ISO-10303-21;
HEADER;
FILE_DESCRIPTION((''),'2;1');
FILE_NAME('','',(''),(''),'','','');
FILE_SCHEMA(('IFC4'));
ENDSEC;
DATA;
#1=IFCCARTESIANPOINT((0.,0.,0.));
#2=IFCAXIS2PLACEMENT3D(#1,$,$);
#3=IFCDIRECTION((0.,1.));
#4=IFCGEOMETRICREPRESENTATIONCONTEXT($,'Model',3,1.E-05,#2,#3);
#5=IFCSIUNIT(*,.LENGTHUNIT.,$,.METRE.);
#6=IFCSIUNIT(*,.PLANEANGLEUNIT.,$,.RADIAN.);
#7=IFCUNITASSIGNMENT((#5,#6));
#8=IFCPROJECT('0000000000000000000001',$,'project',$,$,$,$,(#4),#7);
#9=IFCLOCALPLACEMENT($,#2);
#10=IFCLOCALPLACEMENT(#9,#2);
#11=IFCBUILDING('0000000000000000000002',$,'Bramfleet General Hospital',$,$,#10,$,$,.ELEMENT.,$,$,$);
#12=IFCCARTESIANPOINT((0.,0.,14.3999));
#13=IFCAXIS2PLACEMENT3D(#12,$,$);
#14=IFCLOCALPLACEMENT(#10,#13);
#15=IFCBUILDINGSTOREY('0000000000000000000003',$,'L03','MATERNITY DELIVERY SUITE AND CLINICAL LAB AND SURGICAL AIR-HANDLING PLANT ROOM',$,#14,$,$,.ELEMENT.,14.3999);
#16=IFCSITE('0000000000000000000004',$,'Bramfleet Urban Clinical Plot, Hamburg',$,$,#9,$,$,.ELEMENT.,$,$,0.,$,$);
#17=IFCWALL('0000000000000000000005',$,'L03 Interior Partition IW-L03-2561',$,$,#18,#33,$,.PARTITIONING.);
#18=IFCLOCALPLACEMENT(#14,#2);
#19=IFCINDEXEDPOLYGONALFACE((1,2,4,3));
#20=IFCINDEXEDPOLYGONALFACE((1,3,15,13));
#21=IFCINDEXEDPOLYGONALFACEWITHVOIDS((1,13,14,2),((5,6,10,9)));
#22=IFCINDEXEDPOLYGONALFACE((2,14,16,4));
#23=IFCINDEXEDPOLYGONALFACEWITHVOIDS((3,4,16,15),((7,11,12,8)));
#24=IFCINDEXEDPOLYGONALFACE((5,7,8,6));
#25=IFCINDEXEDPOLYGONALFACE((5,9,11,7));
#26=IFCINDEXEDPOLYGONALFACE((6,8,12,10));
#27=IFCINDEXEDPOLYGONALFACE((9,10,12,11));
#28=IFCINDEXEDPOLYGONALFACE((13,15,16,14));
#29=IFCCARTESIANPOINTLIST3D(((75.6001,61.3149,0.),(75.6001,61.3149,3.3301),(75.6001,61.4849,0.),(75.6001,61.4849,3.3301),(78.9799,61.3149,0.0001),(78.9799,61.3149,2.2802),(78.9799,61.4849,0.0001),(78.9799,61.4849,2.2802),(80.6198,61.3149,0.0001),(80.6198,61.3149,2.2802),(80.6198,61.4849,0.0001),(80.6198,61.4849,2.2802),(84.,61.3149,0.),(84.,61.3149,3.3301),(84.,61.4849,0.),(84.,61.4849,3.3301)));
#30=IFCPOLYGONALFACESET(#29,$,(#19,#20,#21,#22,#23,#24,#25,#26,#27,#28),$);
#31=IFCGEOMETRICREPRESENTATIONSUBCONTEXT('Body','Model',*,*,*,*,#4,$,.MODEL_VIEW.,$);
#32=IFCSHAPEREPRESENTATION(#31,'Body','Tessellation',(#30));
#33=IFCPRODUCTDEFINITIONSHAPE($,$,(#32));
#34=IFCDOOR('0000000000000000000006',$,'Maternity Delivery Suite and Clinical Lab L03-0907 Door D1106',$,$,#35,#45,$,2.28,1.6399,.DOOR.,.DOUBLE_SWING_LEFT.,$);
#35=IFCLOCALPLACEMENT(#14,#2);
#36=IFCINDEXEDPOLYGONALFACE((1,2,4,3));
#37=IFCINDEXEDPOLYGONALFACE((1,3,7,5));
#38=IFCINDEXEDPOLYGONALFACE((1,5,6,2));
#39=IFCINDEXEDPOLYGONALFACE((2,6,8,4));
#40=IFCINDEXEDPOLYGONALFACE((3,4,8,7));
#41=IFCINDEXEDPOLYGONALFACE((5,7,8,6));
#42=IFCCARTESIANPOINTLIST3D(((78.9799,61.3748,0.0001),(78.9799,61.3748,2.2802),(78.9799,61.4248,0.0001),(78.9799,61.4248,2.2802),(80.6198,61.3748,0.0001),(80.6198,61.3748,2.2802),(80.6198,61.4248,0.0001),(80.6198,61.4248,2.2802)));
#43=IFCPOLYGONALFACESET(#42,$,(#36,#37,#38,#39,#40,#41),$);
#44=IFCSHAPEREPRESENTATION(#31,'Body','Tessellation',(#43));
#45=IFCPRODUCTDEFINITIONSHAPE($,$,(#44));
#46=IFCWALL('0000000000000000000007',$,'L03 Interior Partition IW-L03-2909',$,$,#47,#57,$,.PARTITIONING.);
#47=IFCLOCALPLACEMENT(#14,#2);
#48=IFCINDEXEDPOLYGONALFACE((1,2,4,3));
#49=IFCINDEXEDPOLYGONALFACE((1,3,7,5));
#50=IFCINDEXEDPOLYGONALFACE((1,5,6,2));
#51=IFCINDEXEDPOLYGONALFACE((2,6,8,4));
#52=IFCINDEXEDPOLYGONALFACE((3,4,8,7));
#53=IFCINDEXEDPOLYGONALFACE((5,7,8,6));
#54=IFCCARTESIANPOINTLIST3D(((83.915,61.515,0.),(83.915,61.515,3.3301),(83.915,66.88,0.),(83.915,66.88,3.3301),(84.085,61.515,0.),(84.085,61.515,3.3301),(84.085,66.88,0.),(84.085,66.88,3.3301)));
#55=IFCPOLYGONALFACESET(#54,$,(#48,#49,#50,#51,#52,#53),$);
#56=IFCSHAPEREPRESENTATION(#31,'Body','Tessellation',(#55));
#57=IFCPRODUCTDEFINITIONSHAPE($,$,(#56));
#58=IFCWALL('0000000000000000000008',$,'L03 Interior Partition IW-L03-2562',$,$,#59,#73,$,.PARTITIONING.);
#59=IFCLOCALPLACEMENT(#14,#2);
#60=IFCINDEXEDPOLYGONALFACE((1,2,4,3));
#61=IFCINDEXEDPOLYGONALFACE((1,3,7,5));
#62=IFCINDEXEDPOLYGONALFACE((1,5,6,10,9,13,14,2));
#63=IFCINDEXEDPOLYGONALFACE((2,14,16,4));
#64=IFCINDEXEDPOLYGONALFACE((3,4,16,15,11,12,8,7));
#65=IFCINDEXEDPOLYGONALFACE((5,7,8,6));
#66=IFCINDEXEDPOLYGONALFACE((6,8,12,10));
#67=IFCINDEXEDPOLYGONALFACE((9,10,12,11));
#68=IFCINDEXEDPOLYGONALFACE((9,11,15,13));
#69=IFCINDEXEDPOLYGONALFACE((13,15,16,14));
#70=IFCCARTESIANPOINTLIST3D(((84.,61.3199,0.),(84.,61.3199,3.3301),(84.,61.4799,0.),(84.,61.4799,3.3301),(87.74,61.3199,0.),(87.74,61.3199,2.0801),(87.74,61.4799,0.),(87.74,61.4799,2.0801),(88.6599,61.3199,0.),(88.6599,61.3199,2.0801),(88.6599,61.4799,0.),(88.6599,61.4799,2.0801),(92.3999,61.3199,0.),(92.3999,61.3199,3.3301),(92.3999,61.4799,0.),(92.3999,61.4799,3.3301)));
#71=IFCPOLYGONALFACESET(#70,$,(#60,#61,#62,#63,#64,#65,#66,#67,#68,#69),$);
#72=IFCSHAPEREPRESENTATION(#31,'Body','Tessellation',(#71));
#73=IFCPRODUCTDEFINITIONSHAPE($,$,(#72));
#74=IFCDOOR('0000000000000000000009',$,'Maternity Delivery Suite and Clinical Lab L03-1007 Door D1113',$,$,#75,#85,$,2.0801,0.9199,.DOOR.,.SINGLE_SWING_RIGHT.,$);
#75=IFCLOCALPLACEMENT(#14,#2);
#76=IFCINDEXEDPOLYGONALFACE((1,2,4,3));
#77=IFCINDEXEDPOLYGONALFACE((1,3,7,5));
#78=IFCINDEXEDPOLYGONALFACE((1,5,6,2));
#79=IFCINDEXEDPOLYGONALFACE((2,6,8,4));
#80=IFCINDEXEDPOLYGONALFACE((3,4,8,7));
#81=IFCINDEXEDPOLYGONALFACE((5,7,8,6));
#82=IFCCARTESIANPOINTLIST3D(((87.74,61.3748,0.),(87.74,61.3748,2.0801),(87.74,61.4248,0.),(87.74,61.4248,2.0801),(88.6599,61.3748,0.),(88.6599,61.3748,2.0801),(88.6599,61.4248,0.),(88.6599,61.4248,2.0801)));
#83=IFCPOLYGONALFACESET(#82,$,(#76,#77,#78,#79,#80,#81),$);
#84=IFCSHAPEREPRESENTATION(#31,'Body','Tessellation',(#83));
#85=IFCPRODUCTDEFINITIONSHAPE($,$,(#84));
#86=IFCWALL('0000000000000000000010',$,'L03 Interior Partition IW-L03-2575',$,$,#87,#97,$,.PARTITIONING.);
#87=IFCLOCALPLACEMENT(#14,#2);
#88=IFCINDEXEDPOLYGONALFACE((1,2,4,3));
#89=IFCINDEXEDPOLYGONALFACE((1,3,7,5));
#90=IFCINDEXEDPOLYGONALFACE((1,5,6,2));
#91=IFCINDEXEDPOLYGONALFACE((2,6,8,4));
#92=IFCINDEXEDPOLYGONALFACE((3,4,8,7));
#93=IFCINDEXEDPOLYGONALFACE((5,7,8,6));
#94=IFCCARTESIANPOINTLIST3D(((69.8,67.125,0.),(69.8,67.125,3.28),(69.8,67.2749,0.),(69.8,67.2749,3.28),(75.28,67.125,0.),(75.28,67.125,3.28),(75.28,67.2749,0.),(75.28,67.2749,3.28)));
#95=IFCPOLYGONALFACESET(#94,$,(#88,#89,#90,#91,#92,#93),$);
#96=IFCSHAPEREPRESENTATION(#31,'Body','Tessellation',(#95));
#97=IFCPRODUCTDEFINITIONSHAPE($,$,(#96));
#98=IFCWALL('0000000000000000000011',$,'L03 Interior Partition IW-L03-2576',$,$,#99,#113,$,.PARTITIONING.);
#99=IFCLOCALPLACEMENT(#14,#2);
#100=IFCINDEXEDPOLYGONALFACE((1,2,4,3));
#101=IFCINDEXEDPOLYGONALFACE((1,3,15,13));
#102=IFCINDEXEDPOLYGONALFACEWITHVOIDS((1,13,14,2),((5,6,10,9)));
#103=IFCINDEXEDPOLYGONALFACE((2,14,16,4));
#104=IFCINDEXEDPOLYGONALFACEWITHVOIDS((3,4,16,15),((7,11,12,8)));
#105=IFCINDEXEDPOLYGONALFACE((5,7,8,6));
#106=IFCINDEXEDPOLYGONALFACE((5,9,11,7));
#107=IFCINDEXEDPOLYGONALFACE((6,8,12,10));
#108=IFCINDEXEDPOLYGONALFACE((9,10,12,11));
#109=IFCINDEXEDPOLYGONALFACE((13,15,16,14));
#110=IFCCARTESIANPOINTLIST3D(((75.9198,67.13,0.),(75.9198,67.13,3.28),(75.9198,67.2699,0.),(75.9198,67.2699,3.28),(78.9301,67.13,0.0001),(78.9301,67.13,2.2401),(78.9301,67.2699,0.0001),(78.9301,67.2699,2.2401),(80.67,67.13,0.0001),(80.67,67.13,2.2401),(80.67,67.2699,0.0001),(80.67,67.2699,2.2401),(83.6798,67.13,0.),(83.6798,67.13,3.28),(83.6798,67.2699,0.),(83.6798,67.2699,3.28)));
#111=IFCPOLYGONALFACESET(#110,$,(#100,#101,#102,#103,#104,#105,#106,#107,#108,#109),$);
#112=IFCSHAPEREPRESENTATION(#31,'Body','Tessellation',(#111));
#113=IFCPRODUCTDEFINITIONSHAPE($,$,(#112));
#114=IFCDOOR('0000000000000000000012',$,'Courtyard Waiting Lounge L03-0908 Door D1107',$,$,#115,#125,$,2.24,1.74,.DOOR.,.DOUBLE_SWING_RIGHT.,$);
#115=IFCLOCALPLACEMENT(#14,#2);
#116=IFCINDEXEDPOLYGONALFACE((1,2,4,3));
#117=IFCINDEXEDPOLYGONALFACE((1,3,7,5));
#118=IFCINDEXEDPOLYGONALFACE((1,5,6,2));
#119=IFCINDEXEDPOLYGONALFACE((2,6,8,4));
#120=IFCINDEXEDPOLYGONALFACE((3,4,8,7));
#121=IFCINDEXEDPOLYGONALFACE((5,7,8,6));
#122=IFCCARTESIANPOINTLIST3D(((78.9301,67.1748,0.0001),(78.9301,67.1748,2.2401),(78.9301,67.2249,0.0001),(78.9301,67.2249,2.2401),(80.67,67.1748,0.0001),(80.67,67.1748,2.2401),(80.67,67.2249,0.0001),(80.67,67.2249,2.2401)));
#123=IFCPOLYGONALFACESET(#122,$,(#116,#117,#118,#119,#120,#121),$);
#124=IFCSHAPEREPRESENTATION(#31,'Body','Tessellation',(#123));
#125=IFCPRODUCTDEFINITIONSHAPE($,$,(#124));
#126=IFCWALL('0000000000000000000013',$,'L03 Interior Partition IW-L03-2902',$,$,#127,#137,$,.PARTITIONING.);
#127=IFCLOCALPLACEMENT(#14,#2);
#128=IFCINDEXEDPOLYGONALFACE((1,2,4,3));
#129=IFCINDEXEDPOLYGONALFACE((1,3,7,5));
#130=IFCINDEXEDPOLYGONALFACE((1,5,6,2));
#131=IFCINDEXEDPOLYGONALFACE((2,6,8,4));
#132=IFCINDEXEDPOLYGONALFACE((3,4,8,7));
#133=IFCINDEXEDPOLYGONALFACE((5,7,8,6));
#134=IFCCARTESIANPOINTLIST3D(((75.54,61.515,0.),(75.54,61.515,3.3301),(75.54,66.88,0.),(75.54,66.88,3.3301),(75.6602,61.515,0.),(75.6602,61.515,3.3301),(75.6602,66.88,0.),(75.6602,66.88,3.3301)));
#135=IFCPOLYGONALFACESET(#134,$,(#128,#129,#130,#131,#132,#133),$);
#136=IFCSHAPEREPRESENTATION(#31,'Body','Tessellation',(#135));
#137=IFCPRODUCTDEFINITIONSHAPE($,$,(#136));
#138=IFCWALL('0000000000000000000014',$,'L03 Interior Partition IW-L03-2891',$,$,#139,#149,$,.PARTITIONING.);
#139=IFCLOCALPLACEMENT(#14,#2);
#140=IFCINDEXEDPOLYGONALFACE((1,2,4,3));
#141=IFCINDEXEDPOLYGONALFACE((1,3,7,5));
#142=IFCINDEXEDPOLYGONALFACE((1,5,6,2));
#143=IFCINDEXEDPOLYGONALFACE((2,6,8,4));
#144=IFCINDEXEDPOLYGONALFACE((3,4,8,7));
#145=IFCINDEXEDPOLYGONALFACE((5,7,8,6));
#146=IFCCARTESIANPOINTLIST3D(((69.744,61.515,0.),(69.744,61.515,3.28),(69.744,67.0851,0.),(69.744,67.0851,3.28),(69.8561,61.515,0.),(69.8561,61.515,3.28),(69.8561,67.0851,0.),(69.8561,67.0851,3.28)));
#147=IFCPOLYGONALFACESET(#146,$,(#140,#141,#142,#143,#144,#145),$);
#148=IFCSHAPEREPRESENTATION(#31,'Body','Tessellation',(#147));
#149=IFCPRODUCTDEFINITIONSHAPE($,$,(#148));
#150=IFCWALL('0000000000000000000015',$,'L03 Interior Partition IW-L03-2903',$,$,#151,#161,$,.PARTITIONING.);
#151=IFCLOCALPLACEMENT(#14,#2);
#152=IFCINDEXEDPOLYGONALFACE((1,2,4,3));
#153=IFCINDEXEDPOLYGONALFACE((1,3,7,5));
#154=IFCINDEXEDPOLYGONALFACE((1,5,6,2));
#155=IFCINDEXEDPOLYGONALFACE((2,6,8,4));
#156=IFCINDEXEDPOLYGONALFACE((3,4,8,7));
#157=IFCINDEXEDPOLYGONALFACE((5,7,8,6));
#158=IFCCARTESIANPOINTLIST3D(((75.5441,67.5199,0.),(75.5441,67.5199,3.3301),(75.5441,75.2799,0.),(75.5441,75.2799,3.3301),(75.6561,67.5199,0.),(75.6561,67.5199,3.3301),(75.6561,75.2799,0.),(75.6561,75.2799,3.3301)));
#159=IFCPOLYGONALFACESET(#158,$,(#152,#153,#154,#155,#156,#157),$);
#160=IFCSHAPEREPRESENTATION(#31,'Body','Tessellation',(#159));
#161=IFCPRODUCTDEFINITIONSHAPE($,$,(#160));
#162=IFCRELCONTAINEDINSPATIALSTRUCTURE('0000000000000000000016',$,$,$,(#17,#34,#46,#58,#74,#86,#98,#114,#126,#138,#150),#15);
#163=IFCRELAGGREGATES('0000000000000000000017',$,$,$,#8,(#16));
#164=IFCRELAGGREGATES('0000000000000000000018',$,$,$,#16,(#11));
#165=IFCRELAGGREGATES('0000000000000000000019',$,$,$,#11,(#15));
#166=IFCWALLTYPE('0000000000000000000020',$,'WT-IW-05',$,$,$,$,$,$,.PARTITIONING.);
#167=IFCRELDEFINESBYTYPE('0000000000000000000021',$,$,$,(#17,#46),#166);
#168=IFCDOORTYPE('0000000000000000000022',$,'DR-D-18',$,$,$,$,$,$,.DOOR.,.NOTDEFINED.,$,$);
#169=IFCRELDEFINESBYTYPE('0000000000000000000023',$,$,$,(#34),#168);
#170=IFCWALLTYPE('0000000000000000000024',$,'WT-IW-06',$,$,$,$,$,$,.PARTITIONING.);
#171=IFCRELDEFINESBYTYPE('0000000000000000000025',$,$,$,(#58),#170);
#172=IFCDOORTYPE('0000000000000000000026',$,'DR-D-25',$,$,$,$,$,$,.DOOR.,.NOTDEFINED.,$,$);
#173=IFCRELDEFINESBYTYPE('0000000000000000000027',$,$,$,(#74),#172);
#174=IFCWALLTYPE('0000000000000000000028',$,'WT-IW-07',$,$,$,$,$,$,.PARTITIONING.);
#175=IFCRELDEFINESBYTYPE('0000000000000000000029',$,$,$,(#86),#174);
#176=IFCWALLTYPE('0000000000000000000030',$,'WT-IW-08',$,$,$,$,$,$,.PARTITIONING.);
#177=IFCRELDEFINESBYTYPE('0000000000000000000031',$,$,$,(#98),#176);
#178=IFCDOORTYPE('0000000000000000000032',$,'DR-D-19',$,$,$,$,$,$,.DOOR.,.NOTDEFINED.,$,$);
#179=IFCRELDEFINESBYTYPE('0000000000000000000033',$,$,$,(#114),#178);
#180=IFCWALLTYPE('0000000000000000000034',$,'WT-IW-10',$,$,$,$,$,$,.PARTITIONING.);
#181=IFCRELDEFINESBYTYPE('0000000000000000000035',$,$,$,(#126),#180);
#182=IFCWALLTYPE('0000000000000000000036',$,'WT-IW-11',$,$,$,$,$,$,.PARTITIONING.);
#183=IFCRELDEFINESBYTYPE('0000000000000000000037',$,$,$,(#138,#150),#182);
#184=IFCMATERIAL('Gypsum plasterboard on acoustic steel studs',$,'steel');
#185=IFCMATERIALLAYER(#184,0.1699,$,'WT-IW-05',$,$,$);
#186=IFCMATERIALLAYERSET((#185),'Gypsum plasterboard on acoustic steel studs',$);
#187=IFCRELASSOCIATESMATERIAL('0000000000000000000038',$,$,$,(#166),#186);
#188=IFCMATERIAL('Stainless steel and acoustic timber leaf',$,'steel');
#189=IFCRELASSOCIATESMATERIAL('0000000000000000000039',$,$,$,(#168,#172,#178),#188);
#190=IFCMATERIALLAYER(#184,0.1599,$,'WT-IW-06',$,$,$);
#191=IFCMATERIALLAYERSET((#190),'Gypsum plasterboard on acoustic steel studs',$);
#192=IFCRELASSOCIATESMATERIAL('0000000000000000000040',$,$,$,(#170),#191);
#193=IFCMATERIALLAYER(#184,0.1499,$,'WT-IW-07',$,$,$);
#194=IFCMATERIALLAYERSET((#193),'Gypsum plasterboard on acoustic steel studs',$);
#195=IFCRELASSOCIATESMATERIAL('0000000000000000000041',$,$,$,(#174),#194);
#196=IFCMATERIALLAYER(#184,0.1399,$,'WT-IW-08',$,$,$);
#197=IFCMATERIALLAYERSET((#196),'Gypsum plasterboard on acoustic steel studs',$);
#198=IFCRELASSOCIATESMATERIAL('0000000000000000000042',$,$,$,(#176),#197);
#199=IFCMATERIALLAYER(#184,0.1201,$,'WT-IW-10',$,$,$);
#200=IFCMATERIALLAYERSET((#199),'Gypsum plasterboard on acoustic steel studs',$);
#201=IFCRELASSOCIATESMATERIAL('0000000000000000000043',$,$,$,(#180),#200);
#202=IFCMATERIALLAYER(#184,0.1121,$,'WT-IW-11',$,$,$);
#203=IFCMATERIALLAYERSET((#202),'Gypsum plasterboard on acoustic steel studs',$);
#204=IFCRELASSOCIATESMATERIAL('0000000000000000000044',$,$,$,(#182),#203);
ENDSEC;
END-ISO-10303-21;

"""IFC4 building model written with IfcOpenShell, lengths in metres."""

from ifc_helpers import new_model, si_unit, direction, frame, frame_2d, origin, place, context, subcontext, project, spatial, rectangle, extrude, material, layer, layer_set, type_object, element, fill, save


model = new_model("IFC4")

# Units and contexts
model_context = context("Model", 3, precision=1e-05, world=origin(), true_north=direction((0.0, 1.0)))
body_context = subcontext(model_context, "Body", "Model", "MODEL_VIEW")
ifc_project = project(units=[si_unit("LENGTHUNIT", "METRE"), si_unit("PLANEANGLEUNIT", "RADIAN")], contexts=[model_context])

# Site, building, storey
site_placement = place(None, origin())
site = spatial("IfcSite", under=ifc_project, at=site_placement, Name="Bramfleet Urban Clinical Plot, Hamburg", CompositionType="ELEMENT", RefElevation=0.0)
building_placement = place(site_placement, origin())
building = spatial("IfcBuilding", under=site, at=building_placement, Name="Bramfleet General Hospital", CompositionType="ELEMENT")
storey_placement = place(building_placement, frame((0.0, 0.0, 14.3999)))
storey = spatial("IfcBuildingStorey", under=building, at=storey_placement, Name="L03", Description="MATERNITY DELIVERY SUITE AND CLINICAL LAB AND SURGICAL AIR-HANDLING PLANT ROOM", CompositionType="ELEMENT", Elevation=14.3999)

# Shared definitions
ifc_material_1 = material(Name="Stainless steel and acoustic timber leaf", Category="steel")

# Wall, opening, door
ifc_material_2 = material(Name="Gypsum plasterboard on acoustic steel studs", Category="steel")
ifc_layer_1 = layer(ifc_material_2, 0.1699, Name="WT-IW-05")
ifc_layer_set_1 = layer_set([ifc_layer_1], Name="Gypsum plasterboard on acoustic steel studs")
wall_type_1 = type_object("IfcWallType", Name="WT-IW-05", PredefinedType="PARTITIONING", material=ifc_layer_set_1)
wall_1_placement = place(storey_placement, frame((75.6001, 61.3999, 0.0), z_axis=(0.0, 0.0, 1.0), x_axis=(1.0, 0.0, 0.0)))
wall_1 = element("IfcWall", 1, at=wall_1_placement, inside=storey, type_object=wall_type_1, Name="L03 Interior Partition IW-L03-2561", PredefinedType="PARTITIONING", context=body_context, shape_type="SweptSolid", body=[
    extrude(rectangle(XDim=8.3999, YDim=0.1699, at=frame_2d((4.2, 0.0))), origin(), (0.0, 0.0, 1.0), 3.3301),
])
opening_1_placement = place(wall_1_placement, frame((3.3799, 0.0, 0.0)))
opening_1 = element("IfcOpeningElement", 2, at=opening_1_placement, cuts=wall_1, PredefinedType="OPENING", context=body_context, shape_type="SweptSolid", body=[
    extrude(rectangle(XDim=1.6399, YDim=2.28, at=frame_2d((0.8198, 1.1401))), frame((0.0, 0.095, 0.0), z_axis=(0.0, -1.0, 0.0), x_axis=(1.0, 0.0, 0.0)), (0.0, 0.0, 1.0), 0.1899),
])
door_type_1 = type_object("IfcDoorType", Name="DR-D-18", OperationType="NOTDEFINED", PredefinedType="DOOR", material=ifc_material_1)
door_1_placement = place(opening_1_placement, origin())
door_1 = element("IfcDoor", 3, at=door_1_placement, inside=storey, type_object=door_type_1, Name="Maternity Delivery Suite and Clinical Lab L03-0907 Door D1106", OperationType="DOUBLE_SWING_LEFT", OverallHeight=2.28, OverallWidth=1.6399, PredefinedType="DOOR", context=body_context, shape_type="SweptSolid", body=[
    extrude(rectangle(XDim=1.6399, YDim=2.28, at=frame_2d((0.8198, 1.1401))), frame((0.0, 0.0249, 0.0), z_axis=(0.0, -1.0, 0.0), x_axis=(1.0, 0.0, 0.0)), (0.0, 0.0, 1.0), 0.05),
])
fill(opening_1, door_1)

# Wall
wall_2_placement = place(storey_placement, frame((84.0, 61.5149, 0.0), z_axis=(0.0, 0.0, 1.0), x_axis=(0.0, 1.0, 0.0)))
element("IfcWall", 4, at=wall_2_placement, inside=storey, type_object=wall_type_1, Name="L03 Interior Partition IW-L03-2909", PredefinedType="PARTITIONING", context=body_context, shape_type="SweptSolid", body=[
    extrude(rectangle(XDim=5.365, YDim=0.1699, at=frame_2d((2.6826, 0.0))), origin(), (0.0, 0.0, 1.0), 3.3301),
])

# Wall, opening, door
ifc_layer_2 = layer(ifc_material_2, 0.1599, Name="WT-IW-06")
ifc_layer_set_2 = layer_set([ifc_layer_2], Name="Gypsum plasterboard on acoustic steel studs")
wall_type_2 = type_object("IfcWallType", Name="WT-IW-06", PredefinedType="PARTITIONING", material=ifc_layer_set_2)
wall_3_placement = place(storey_placement, frame((84.0, 61.3999, 0.0), z_axis=(0.0, 0.0, 1.0), x_axis=(1.0, 0.0, 0.0)))
wall_3 = element("IfcWall", 5, at=wall_3_placement, inside=storey, type_object=wall_type_2, Name="L03 Interior Partition IW-L03-2562", PredefinedType="PARTITIONING", context=body_context, shape_type="SweptSolid", body=[
    extrude(rectangle(XDim=8.3999, YDim=0.1599, at=frame_2d((4.2, 0.0))), origin(), (0.0, 0.0, 1.0), 3.3301),
])
opening_2_placement = place(wall_3_placement, frame((3.74, 0.0, 0.0)))
opening_2 = element("IfcOpeningElement", 6, at=opening_2_placement, cuts=wall_3, PredefinedType="OPENING", context=body_context, shape_type="SweptSolid", body=[
    extrude(rectangle(XDim=0.9199, YDim=2.0801, at=frame_2d((0.46, 1.04))), frame((0.0, 0.0898, 0.0), z_axis=(0.0, -1.0, 0.0), x_axis=(1.0, 0.0, 0.0)), (0.0, 0.0, 1.0), 0.1799),
])
door_type_2 = type_object("IfcDoorType", Name="DR-D-25", OperationType="NOTDEFINED", PredefinedType="DOOR", material=ifc_material_1)
door_2_placement = place(opening_2_placement, origin())
door_2 = element("IfcDoor", 7, at=door_2_placement, inside=storey, type_object=door_type_2, Name="Maternity Delivery Suite and Clinical Lab L03-1007 Door D1113", OperationType="SINGLE_SWING_RIGHT", OverallHeight=2.0801, OverallWidth=0.9199, PredefinedType="DOOR", context=body_context, shape_type="SweptSolid", body=[
    extrude(rectangle(XDim=0.9199, YDim=2.0801, at=frame_2d((0.46, 1.04))), frame((0.0, 0.0249, 0.0), z_axis=(0.0, -1.0, 0.0), x_axis=(1.0, 0.0, 0.0)), (0.0, 0.0, 1.0), 0.05),
])
fill(opening_2, door_2)

# Wall
ifc_layer_3 = layer(ifc_material_2, 0.1499, Name="WT-IW-07")
ifc_layer_set_3 = layer_set([ifc_layer_3], Name="Gypsum plasterboard on acoustic steel studs")
wall_type_3 = type_object("IfcWallType", Name="WT-IW-07", PredefinedType="PARTITIONING", material=ifc_layer_set_3)
wall_4_placement = place(storey_placement, frame((69.8, 67.2, 0.0), z_axis=(0.0, 0.0, 1.0), x_axis=(1.0, 0.0, 0.0)))
element("IfcWall", 8, at=wall_4_placement, inside=storey, type_object=wall_type_3, Name="L03 Interior Partition IW-L03-2575", PredefinedType="PARTITIONING", context=body_context, shape_type="SweptSolid", body=[
    extrude(rectangle(XDim=5.48, YDim=0.1499, at=frame_2d((2.74, 0.0))), origin(), (0.0, 0.0, 1.0), 3.28),
])

# Wall, opening, door
ifc_layer_4 = layer(ifc_material_2, 0.1399, Name="WT-IW-08")
ifc_layer_set_4 = layer_set([ifc_layer_4], Name="Gypsum plasterboard on acoustic steel studs")
wall_type_4 = type_object("IfcWallType", Name="WT-IW-08", PredefinedType="PARTITIONING", material=ifc_layer_set_4)
wall_5_placement = place(storey_placement, frame((75.9199, 67.2, 0.0), z_axis=(0.0, 0.0, 1.0), x_axis=(1.0, 0.0, 0.0)))
wall_5 = element("IfcWall", 9, at=wall_5_placement, inside=storey, type_object=wall_type_4, Name="L03 Interior Partition IW-L03-2576", PredefinedType="PARTITIONING", context=body_context, shape_type="SweptSolid", body=[
    extrude(rectangle(XDim=7.76, YDim=0.1399, at=frame_2d((3.8799, 0.0))), origin(), (0.0, 0.0, 1.0), 3.28),
])
opening_3_placement = place(wall_5_placement, frame((3.01, 0.0, 0.0)))
opening_3 = element("IfcOpeningElement", 10, at=opening_3_placement, cuts=wall_5, PredefinedType="OPENING", context=body_context, shape_type="SweptSolid", body=[
    extrude(rectangle(XDim=1.74, YDim=2.24, at=frame_2d((0.8701, 1.1201))), frame((0.0, 0.0798, 0.0), z_axis=(0.0, -1.0, 0.0), x_axis=(1.0, 0.0, 0.0)), (0.0, 0.0, 1.0), 0.1599),
])
door_type_3 = type_object("IfcDoorType", Name="DR-D-19", OperationType="NOTDEFINED", PredefinedType="DOOR", material=ifc_material_1)
door_3_placement = place(opening_3_placement, origin())
door_3 = element("IfcDoor", 11, at=door_3_placement, inside=storey, type_object=door_type_3, Name="Courtyard Waiting Lounge L03-0908 Door D1107", OperationType="DOUBLE_SWING_RIGHT", OverallHeight=2.24, OverallWidth=1.74, PredefinedType="DOOR", context=body_context, shape_type="SweptSolid", body=[
    extrude(rectangle(XDim=1.74, YDim=2.24, at=frame_2d((0.8701, 1.1201))), frame((0.0, 0.0249, 0.0), z_axis=(0.0, -1.0, 0.0), x_axis=(1.0, 0.0, 0.0)), (0.0, 0.0, 1.0), 0.05),
])
fill(opening_3, door_3)

# Walls
ifc_layer_5 = layer(ifc_material_2, 0.1201, Name="WT-IW-10")
ifc_layer_set_5 = layer_set([ifc_layer_5], Name="Gypsum plasterboard on acoustic steel studs")
wall_type_5 = type_object("IfcWallType", Name="WT-IW-10", PredefinedType="PARTITIONING", material=ifc_layer_set_5)
wall_6_placement = place(storey_placement, frame((75.6001, 61.5149, 0.0), z_axis=(0.0, 0.0, 1.0), x_axis=(0.0, 1.0, 0.0)))
element("IfcWall", 12, at=wall_6_placement, inside=storey, type_object=wall_type_5, Name="L03 Interior Partition IW-L03-2902", PredefinedType="PARTITIONING", context=body_context, shape_type="SweptSolid", body=[
    extrude(rectangle(XDim=5.365, YDim=0.1201, at=frame_2d((2.6826, 0.0))), origin(), (0.0, 0.0, 1.0), 3.3301),
])
ifc_layer_6 = layer(ifc_material_2, 0.1121, Name="WT-IW-11")
ifc_layer_set_6 = layer_set([ifc_layer_6], Name="Gypsum plasterboard on acoustic steel studs")
wall_type_6 = type_object("IfcWallType", Name="WT-IW-11", PredefinedType="PARTITIONING", material=ifc_layer_set_6)
wall_7_placement = place(storey_placement, frame((69.8, 61.5149, 0.0), z_axis=(0.0, 0.0, 1.0), x_axis=(0.0, 1.0, 0.0)))
element("IfcWall", 13, at=wall_7_placement, inside=storey, type_object=wall_type_6, Name="L03 Interior Partition IW-L03-2891", PredefinedType="PARTITIONING", context=body_context, shape_type="SweptSolid", body=[
    extrude(rectangle(XDim=5.5701, YDim=0.1121, at=frame_2d((2.7852, 0.0))), origin(), (0.0, 0.0, 1.0), 3.28),
])
wall_8_placement = place(storey_placement, frame((75.6001, 67.52, 0.0), z_axis=(0.0, 0.0, 1.0), x_axis=(0.0, 1.0, 0.0)))
element("IfcWall", 14, at=wall_8_placement, inside=storey, type_object=wall_type_6, Name="L03 Interior Partition IW-L03-2903", PredefinedType="PARTITIONING", context=body_context, shape_type="SweptSolid", body=[
    extrude(rectangle(XDim=7.76, YDim=0.1121, at=frame_2d((3.8799, 0.0))), origin(), (0.0, 0.0, 1.0), 3.3301),
])

save(model, "model.ifc")
